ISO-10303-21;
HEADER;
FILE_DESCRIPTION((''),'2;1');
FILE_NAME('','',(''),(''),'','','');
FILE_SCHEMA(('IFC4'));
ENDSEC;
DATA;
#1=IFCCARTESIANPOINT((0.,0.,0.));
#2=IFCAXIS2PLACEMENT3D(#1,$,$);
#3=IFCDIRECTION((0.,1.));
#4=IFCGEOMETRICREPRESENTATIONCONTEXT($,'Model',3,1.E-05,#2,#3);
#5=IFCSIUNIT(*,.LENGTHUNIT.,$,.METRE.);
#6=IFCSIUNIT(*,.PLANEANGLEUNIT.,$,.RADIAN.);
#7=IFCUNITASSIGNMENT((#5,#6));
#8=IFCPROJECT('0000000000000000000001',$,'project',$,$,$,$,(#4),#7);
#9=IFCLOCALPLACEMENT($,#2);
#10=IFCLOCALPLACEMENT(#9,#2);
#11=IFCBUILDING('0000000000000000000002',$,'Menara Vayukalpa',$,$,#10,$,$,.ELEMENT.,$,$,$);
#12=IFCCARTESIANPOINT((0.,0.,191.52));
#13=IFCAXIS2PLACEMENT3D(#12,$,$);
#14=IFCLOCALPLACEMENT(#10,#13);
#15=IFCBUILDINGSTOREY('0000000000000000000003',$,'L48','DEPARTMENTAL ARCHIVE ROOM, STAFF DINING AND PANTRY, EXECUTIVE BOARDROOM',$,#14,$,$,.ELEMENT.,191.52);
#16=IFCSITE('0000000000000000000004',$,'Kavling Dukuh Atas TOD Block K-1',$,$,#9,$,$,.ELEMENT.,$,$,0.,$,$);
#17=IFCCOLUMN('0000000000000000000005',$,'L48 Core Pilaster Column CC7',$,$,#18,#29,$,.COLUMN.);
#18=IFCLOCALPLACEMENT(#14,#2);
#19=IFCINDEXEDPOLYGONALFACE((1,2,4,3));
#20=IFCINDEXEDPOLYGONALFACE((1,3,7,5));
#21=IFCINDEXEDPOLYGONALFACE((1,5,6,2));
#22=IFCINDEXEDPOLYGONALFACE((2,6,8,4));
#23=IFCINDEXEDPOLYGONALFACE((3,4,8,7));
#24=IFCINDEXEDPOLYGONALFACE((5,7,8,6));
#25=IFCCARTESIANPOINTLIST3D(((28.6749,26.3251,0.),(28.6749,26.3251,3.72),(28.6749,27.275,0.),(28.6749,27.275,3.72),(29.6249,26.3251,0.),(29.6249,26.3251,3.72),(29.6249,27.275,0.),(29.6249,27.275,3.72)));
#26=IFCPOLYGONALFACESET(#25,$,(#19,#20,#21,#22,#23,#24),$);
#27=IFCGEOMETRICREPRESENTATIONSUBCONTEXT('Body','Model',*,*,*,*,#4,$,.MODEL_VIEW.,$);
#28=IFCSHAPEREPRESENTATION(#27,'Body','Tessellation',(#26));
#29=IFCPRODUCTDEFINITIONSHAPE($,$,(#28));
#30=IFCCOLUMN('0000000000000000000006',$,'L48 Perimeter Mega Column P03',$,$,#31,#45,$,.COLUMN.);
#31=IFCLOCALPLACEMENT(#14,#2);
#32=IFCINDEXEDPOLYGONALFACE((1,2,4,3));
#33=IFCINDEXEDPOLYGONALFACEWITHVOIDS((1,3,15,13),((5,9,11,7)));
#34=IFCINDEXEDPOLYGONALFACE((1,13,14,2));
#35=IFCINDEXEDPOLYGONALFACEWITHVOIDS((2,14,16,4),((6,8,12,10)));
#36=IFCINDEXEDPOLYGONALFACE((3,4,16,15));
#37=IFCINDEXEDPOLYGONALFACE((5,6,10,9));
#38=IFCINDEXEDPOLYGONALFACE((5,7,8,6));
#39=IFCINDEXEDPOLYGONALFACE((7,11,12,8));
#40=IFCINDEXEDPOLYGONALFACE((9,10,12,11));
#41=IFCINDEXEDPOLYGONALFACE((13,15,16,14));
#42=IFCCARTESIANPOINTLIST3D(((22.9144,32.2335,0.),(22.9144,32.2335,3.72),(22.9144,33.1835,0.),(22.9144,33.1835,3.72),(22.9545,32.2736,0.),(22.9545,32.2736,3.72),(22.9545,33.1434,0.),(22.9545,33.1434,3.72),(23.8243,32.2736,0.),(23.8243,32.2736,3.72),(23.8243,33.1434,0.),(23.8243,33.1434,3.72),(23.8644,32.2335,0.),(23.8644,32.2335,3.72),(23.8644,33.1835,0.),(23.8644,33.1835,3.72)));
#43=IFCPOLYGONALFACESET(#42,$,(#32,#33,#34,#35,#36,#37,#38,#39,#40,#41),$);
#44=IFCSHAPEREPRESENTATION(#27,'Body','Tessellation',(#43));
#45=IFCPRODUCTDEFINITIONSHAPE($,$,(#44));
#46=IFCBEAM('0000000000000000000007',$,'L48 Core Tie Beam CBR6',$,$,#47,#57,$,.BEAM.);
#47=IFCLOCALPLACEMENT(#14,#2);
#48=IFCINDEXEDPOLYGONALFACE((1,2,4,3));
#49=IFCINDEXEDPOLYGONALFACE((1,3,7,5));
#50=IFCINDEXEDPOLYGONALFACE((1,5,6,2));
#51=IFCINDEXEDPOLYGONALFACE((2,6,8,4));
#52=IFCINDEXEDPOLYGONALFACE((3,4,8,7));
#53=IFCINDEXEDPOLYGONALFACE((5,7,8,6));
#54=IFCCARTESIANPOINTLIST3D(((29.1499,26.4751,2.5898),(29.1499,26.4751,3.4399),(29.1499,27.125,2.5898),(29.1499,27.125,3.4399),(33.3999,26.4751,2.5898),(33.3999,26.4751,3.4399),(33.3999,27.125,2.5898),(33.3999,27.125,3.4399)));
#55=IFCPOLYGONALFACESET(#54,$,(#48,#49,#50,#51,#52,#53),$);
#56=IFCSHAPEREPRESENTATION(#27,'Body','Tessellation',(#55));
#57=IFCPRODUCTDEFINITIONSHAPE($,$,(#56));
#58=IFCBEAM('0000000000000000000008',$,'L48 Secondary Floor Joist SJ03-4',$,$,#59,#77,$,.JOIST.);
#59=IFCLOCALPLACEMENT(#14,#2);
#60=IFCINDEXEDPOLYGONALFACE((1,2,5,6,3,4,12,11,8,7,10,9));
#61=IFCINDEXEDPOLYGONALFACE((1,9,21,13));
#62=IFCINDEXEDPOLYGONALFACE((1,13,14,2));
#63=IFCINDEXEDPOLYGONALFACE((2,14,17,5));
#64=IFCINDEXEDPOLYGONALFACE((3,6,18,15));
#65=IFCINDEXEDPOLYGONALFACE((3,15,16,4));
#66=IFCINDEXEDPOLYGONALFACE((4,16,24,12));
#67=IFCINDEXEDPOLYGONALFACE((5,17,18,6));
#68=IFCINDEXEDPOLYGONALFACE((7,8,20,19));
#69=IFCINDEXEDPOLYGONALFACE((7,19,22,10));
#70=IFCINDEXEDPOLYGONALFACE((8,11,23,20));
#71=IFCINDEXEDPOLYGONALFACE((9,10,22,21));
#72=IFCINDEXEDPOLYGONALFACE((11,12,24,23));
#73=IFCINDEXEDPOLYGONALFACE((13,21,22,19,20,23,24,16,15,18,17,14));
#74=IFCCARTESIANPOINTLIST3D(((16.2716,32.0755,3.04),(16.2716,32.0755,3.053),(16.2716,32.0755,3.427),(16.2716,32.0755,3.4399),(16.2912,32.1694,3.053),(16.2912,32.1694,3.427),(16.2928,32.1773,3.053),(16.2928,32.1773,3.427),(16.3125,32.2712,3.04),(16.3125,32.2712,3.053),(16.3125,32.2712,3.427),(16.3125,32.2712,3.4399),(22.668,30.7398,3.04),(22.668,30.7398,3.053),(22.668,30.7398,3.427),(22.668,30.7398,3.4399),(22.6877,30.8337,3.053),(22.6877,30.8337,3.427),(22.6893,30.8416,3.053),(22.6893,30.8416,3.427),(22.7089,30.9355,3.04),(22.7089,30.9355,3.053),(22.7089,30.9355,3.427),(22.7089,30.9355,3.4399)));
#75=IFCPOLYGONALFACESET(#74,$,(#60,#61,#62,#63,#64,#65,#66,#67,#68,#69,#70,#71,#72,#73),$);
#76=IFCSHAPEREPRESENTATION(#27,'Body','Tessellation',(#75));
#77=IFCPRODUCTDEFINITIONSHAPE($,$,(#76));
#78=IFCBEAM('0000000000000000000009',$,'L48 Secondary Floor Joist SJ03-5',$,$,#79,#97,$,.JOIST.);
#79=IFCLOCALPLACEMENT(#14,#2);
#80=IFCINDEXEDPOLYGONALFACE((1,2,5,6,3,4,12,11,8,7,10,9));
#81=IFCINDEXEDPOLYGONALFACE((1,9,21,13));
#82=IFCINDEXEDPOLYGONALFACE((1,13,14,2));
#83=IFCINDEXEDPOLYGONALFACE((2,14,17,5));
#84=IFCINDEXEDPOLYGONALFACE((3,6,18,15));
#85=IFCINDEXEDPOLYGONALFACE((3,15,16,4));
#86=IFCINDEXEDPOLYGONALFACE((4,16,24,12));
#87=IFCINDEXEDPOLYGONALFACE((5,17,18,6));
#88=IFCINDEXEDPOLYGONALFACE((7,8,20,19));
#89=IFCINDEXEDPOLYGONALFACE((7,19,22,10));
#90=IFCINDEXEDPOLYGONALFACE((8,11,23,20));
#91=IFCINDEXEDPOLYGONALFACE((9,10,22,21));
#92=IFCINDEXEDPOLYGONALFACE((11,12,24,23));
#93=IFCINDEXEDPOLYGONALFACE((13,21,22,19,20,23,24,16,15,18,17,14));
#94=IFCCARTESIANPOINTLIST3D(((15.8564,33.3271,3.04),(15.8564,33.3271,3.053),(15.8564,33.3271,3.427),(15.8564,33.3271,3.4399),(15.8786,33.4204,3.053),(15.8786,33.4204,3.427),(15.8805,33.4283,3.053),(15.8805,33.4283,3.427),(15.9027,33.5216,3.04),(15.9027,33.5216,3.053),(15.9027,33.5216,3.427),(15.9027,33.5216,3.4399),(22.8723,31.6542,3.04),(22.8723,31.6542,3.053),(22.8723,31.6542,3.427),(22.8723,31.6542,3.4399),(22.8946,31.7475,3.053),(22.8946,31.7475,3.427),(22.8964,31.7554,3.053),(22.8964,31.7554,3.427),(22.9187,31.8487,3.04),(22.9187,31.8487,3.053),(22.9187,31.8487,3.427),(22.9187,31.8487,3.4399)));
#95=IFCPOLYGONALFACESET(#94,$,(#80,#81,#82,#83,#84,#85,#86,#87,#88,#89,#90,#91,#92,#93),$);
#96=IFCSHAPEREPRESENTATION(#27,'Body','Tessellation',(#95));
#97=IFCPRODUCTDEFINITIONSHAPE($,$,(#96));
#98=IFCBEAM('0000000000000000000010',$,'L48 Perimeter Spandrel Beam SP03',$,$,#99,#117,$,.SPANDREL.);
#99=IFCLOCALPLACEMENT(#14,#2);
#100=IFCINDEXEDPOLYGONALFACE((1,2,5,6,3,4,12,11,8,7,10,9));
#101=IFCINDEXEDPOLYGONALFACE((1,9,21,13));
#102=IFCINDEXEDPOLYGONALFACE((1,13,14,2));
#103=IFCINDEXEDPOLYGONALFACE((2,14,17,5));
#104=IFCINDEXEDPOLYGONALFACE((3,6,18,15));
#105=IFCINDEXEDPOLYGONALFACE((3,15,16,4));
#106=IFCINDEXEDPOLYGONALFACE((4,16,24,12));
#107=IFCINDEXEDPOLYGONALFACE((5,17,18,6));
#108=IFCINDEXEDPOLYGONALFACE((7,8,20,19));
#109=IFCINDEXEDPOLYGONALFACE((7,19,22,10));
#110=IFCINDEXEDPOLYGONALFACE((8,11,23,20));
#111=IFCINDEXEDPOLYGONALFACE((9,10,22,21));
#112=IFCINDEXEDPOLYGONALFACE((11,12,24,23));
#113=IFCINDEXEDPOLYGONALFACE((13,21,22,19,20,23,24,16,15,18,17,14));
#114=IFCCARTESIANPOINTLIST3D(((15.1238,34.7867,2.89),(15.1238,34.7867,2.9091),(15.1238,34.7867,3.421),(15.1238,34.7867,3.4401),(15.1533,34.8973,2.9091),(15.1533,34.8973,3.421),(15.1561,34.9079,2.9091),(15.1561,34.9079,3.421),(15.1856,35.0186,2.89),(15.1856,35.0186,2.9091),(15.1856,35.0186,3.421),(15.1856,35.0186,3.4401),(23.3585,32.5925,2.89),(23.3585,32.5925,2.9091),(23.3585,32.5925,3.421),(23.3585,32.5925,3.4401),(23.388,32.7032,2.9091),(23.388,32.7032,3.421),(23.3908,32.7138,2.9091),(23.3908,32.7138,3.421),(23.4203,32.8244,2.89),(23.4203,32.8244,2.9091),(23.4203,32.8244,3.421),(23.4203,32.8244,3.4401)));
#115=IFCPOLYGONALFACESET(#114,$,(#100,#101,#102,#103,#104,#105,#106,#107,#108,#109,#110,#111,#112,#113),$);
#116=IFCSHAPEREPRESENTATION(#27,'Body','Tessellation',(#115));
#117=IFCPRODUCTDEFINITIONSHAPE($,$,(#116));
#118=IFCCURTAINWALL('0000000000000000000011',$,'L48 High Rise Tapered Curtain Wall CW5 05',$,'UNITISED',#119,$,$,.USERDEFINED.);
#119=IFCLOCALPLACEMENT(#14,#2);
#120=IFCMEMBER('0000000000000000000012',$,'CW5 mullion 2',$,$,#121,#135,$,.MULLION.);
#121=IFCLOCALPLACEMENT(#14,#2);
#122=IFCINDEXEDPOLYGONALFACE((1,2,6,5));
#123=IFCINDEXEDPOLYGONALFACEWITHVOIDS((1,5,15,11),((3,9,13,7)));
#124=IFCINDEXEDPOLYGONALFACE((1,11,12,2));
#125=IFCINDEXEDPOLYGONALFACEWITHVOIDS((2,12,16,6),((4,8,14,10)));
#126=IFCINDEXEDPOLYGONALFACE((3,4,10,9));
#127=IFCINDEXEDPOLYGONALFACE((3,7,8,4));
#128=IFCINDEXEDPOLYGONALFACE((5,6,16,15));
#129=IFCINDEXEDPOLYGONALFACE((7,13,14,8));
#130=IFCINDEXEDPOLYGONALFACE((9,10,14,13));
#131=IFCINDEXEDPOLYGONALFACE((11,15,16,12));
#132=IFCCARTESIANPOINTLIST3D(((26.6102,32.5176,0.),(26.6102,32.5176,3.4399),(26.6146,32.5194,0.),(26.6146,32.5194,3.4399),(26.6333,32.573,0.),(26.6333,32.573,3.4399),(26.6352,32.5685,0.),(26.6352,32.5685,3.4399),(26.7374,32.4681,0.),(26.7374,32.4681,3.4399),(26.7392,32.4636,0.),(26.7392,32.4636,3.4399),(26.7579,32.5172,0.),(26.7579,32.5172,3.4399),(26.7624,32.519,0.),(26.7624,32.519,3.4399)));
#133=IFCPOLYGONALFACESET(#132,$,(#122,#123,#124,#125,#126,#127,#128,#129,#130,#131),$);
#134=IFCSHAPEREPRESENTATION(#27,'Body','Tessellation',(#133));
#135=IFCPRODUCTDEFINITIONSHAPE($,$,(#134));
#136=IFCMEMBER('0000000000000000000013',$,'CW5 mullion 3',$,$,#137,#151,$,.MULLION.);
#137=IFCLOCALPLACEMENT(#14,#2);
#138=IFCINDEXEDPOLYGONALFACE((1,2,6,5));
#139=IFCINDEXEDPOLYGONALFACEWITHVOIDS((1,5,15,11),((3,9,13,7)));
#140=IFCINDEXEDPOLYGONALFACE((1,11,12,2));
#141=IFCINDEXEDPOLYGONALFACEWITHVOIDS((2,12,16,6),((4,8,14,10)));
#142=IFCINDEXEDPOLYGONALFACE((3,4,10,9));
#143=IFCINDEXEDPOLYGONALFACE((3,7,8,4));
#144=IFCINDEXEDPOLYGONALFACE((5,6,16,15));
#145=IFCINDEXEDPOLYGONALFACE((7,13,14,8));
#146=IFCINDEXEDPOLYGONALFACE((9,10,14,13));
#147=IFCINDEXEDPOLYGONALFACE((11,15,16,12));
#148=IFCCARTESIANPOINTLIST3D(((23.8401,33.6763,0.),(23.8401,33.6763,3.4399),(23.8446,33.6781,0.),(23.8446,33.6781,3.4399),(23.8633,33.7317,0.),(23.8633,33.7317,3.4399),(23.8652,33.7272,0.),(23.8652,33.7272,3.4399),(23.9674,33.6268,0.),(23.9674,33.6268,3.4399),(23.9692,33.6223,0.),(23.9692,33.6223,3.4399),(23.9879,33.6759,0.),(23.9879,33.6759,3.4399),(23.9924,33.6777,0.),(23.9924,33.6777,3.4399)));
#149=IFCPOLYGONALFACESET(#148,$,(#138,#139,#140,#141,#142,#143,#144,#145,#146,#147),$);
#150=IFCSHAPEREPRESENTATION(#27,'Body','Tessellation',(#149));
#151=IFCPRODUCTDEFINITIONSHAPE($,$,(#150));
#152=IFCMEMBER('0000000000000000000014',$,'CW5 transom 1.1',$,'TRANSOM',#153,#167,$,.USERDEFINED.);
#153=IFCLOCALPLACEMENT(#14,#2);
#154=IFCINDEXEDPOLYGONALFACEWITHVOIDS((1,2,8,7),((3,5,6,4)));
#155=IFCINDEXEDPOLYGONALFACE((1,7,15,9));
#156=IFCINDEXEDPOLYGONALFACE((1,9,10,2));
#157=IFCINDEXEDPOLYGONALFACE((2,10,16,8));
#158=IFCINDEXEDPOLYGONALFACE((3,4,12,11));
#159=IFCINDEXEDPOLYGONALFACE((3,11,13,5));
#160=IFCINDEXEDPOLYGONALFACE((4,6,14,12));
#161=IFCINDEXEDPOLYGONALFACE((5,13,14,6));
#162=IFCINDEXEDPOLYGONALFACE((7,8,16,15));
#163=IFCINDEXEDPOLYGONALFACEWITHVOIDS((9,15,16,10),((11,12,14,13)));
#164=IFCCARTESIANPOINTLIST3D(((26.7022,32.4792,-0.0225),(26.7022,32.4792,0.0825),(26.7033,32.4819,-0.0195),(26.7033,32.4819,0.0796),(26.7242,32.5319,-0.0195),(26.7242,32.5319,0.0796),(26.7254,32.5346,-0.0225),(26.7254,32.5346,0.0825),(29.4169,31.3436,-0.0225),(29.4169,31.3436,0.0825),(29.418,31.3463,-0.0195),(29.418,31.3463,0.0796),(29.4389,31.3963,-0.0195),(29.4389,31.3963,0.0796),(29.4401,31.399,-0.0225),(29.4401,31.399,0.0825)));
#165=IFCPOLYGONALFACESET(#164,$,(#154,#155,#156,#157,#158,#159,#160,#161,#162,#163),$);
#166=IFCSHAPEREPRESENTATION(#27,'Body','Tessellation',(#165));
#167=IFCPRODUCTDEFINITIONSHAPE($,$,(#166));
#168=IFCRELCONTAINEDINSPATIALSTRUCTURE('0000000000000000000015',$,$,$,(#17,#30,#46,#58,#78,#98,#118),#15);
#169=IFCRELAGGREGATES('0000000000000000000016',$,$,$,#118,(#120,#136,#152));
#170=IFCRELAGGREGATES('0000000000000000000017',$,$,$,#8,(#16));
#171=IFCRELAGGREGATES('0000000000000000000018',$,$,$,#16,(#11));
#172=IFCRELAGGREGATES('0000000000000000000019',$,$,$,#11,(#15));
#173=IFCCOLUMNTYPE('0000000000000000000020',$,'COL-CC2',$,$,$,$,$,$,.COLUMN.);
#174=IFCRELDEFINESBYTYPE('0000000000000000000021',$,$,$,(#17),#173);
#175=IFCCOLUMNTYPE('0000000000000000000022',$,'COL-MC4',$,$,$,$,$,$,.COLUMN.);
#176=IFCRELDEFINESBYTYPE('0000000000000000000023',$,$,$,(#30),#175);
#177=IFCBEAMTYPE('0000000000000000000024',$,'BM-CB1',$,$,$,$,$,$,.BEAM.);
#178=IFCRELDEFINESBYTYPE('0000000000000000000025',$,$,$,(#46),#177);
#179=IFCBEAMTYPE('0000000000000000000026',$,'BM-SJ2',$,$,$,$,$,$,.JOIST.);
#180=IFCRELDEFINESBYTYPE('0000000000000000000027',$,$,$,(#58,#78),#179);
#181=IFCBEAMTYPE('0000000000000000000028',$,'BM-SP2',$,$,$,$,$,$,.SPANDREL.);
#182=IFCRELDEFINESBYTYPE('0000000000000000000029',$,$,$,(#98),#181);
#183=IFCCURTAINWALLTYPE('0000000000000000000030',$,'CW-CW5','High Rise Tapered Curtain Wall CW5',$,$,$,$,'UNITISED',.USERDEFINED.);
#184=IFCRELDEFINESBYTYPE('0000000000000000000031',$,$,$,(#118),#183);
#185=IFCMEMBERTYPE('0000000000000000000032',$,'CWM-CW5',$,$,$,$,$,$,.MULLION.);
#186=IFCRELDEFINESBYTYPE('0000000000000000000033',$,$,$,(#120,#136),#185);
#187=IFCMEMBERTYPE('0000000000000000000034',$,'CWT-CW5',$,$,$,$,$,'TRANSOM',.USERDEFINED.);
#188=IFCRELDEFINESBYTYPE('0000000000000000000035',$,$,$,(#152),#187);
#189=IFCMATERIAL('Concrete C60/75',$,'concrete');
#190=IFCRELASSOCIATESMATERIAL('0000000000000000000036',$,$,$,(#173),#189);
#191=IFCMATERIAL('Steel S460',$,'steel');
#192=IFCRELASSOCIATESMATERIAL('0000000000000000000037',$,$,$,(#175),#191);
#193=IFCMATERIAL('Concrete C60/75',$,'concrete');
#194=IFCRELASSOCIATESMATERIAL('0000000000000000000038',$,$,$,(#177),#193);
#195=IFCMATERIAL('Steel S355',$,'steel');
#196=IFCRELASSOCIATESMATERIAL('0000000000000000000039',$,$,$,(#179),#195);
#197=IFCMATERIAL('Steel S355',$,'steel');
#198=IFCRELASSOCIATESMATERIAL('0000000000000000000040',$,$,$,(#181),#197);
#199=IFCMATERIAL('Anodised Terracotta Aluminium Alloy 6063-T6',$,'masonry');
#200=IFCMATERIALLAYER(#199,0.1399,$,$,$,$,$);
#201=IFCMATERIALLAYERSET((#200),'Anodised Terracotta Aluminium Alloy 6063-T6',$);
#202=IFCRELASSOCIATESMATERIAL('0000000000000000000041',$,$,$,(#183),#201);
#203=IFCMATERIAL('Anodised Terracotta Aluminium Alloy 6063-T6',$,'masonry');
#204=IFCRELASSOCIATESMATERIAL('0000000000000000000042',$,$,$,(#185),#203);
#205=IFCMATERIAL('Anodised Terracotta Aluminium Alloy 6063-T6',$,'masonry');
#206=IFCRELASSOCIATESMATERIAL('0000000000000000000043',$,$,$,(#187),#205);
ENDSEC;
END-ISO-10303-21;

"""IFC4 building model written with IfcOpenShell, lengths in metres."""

from ifc_helpers import new_model, si_unit, direction, frame, origin, origin_2d, place, context, subcontext, project, spatial, rectangle, hollow_rectangle, i_section, extrude, material, layer, layer_set, material_profile, profile_set, type_object, element, aggregate, save


model = new_model("IFC4")

# Units and contexts
model_context = context("Model", 3, precision=1e-05, world=origin(), true_north=direction((0.0, 1.0)))
body_context = subcontext(model_context, "Body", "Model", "MODEL_VIEW")
ifc_project = project(units=[si_unit("LENGTHUNIT", "METRE"), si_unit("PLANEANGLEUNIT", "RADIAN")], contexts=[model_context])

# Site, building, storey
site_placement = place(None, origin())
site = spatial("IfcSite", under=ifc_project, at=site_placement, Name="Kavling Dukuh Atas TOD Block K-1", CompositionType="ELEMENT", RefElevation=0.0)
building_placement = place(site_placement, origin())
building = spatial("IfcBuilding", under=site, at=building_placement, Name="Menara Vayukalpa", CompositionType="ELEMENT")
storey_placement = place(building_placement, frame((0.0, 0.0, 191.52)))
storey = spatial("IfcBuildingStorey", under=building, at=storey_placement, Name="L48", Description="DEPARTMENTAL ARCHIVE ROOM, STAFF DINING AND PANTRY, EXECUTIVE BOARDROOM", CompositionType="ELEMENT", Elevation=191.52)

# Columns
ifc_material_1 = material(Name="Concrete C60/75", Category="concrete")
ifc_material_profile_1 = material_profile(ifc_material_1, rectangle(XDim=0.95, YDim=0.95, at=origin_2d()), Name="RC 950x950")
ifc_profile_set_1 = profile_set([ifc_material_profile_1], Name="Concrete C60/75")
column_type_1 = type_object("IfcColumnType", Name="COL-CC2", PredefinedType="COLUMN", material=ifc_profile_set_1)
column_1_placement = place(storey_placement, frame((29.1499, 26.8, 0.0), z_axis=(0.0, 0.0, 1.0), x_axis=(1.0, 0.0, 0.0)))
element("IfcColumn", 1, at=column_1_placement, inside=storey, type_object=column_type_1, Name="L48 Core Pilaster Column CC7", PredefinedType="COLUMN", context=body_context, shape_type="SweptSolid", body=[
    extrude(rectangle(XDim=0.95, YDim=0.95, at=origin_2d()), origin(), (0.0, 0.0, 1.0), 3.72),
])
ifc_material_2 = material(Name="Steel S460", Category="steel")
ifc_material_profile_2 = material_profile(ifc_material_2, hollow_rectangle(XDim=0.95, YDim=0.95, WallThickness=0.04, at=origin_2d()), Name="BOX 950x950x40")
ifc_profile_set_2 = profile_set([ifc_material_profile_2], Name="Steel S460")
column_type_2 = type_object("IfcColumnType", Name="COL-MC4", PredefinedType="COLUMN", material=ifc_profile_set_2)
column_2_placement = place(storey_placement, frame((23.3894, 32.7085, 0.0), z_axis=(0.0, 0.0, 1.0), x_axis=(1.0, 0.0, 0.0)))
element("IfcColumn", 2, at=column_2_placement, inside=storey, type_object=column_type_2, Name="L48 Perimeter Mega Column P03", PredefinedType="COLUMN", context=body_context, shape_type="SweptSolid", body=[
    extrude(hollow_rectangle(XDim=0.95, YDim=0.95, WallThickness=0.04, at=origin_2d()), origin(), (0.0, 0.0, 1.0), 3.72),
])

# Beams
ifc_material_3 = material(Name="Concrete C60/75", Category="concrete")
ifc_material_profile_3 = material_profile(ifc_material_3, rectangle(XDim=0.6499, YDim=0.8501, at=origin_2d()), Name="RC 650x850")
ifc_profile_set_3 = profile_set([ifc_material_profile_3], Name="Concrete C60/75")
beam_type_1 = type_object("IfcBeamType", Name="BM-CB1", PredefinedType="BEAM", material=ifc_profile_set_3)
beam_1_placement = place(storey_placement, frame((29.1499, 26.8, 3.0149), z_axis=(1.0, 0.0, 0.0), x_axis=(0.0, 1.0, 0.0)))
element("IfcBeam", 3, at=beam_1_placement, inside=storey, type_object=beam_type_1, Name="L48 Core Tie Beam CBR6", PredefinedType="BEAM", context=body_context, shape_type="SweptSolid", body=[
    extrude(rectangle(XDim=0.6499, YDim=0.8501, at=origin_2d()), origin(), (0.0, 0.0, 1.0), 4.25),
])
ifc_material_4 = material(Name="Steel S355", Category="steel")
ifc_material_profile_4 = material_profile(ifc_material_4, i_section(OverallWidth=0.2, OverallDepth=0.3999, WebThickness=0.0081, FlangeThickness=0.0129, at=origin_2d()), Name="WF 400x200x8x13")
ifc_profile_set_4 = profile_set([ifc_material_profile_4], Name="Steel S355")
beam_type_2 = type_object("IfcBeamType", Name="BM-SJ2", PredefinedType="JOIST", material=ifc_profile_set_4)
beam_2_placement = place(storey_placement, frame((22.6885, 30.8376, 3.24), z_axis=(-0.978886, 0.204408, 0.0), x_axis=(-0.204408, -0.978886, 0.0)))
element("IfcBeam", 4, at=beam_2_placement, inside=storey, type_object=beam_type_2, Name="L48 Secondary Floor Joist SJ03-4", PredefinedType="JOIST", context=body_context, shape_type="SweptSolid", body=[
    extrude(i_section(OverallWidth=0.2, OverallDepth=0.3999, WebThickness=0.0081, FlangeThickness=0.0129, at=origin_2d()), origin(), (0.0, 0.0, 1.0), 6.5344),
])
beam_3_placement = place(storey_placement, frame((22.8955, 31.7515, 3.24), z_axis=(-0.972731, 0.231936, 0.0), x_axis=(-0.231936, -0.972731, 0.0)))
element("IfcBeam", 5, at=beam_3_placement, inside=storey, type_object=beam_type_2, Name="L48 Secondary Floor Joist SJ03-5", PredefinedType="JOIST", context=body_context, shape_type="SweptSolid", body=[
    extrude(i_section(OverallWidth=0.2, OverallDepth=0.3999, WebThickness=0.0081, FlangeThickness=0.0129, at=origin_2d()), origin(), (0.0, 0.0, 1.0), 7.2126),
])
ifc_material_5 = material(Name="Steel S355", Category="steel")
ifc_material_profile_5 = material_profile(ifc_material_5, i_section(OverallWidth=0.24, OverallDepth=0.55, WebThickness=0.011, FlangeThickness=0.019, at=origin_2d()), Name="WF 550x240x11x19")
ifc_profile_set_5 = profile_set([ifc_material_profile_5], Name="Steel S355")
beam_type_3 = type_object("IfcBeamType", Name="BM-SP2", PredefinedType="SPANDREL", material=ifc_profile_set_5)
beam_4_placement = place(storey_placement, frame((23.3894, 32.7085, 3.165), z_axis=(-0.966288, 0.257465, 0.0), x_axis=(-0.257465, -0.966288, 0.0)))
element("IfcBeam", 6, at=beam_4_placement, inside=storey, type_object=beam_type_3, Name="L48 Perimeter Spandrel Beam SP03", PredefinedType="SPANDREL", context=body_context, shape_type="SweptSolid", body=[
    extrude(i_section(OverallWidth=0.24, OverallDepth=0.55, WebThickness=0.011, FlangeThickness=0.019, at=origin_2d()), origin(), (0.0, 0.0, 1.0), 8.522),
])

# Curtain wall, members
ifc_material_6 = material(Name="Anodised Terracotta Aluminium Alloy 6063-T6", Category="masonry")
ifc_layer_1 = layer(ifc_material_6, 0.1399)
ifc_layer_set_1 = layer_set([ifc_layer_1], Name="Anodised Terracotta Aluminium Alloy 6063-T6")
curtain_wall_type = type_object("IfcCurtainWallType", Name="CW-CW5", Description="High Rise Tapered Curtain Wall CW5", ElementType="UNITISED", PredefinedType="USERDEFINED", material=ifc_layer_set_1)
curtain_wall_placement = place(storey_placement, origin())
curtain_wall = element("IfcCurtainWall", 7, at=curtain_wall_placement, inside=storey, type_object=curtain_wall_type, Name="L48 High Rise Tapered Curtain Wall CW5 05", ObjectType="UNITISED", PredefinedType="USERDEFINED")
ifc_material_7 = material(Name="Anodised Terracotta Aluminium Alloy 6063-T6", Category="masonry")
ifc_material_profile_6 = material_profile(ifc_material_7, hollow_rectangle(XDim=0.0601, YDim=0.1399, WallThickness=0.0034, at=origin_2d()), Name="ALU 60x140x3.5")
ifc_profile_set_6 = profile_set([ifc_material_profile_6], Name="Anodised Terracotta Aluminium Alloy 6063-T6")
member_type_1 = type_object("IfcMemberType", Name="CWM-CW5", PredefinedType="MULLION", material=ifc_profile_set_6)
member_1_placement = place(storey_placement, frame((26.6863, 32.5183, 0.0), z_axis=(0.0, 0.0, 1.0), x_axis=(-0.385903, -0.922539, 0.0)))
member_1 = element("IfcMember", 8, at=member_1_placement, type_object=member_type_1, Name="CW5 mullion 2", PredefinedType="MULLION", context=body_context, shape_type="SweptSolid", body=[
    extrude(hollow_rectangle(XDim=0.0601, YDim=0.1399, WallThickness=0.0034, at=origin_2d()), origin(), (0.0, 0.0, 1.0), 3.4399),
])
member_2_placement = place(storey_placement, frame((23.9163, 33.677, 0.0), z_axis=(0.0, 0.0, 1.0), x_axis=(-0.385903, -0.922539, 0.0)))
member_2 = element("IfcMember", 9, at=member_2_placement, type_object=member_type_1, Name="CW5 mullion 3", PredefinedType="MULLION", context=body_context, shape_type="SweptSolid", body=[
    extrude(hollow_rectangle(XDim=0.0601, YDim=0.1399, WallThickness=0.0034, at=origin_2d()), origin(), (0.0, 0.0, 1.0), 3.4399),
])
ifc_material_8 = material(Name="Anodised Terracotta Aluminium Alloy 6063-T6", Category="masonry")
ifc_material_profile_7 = material_profile(ifc_material_8, hollow_rectangle(XDim=0.0601, YDim=0.105, WallThickness=0.0029, at=origin_2d()), Name="ALU 60x105x3")
ifc_profile_set_7 = profile_set([ifc_material_profile_7], Name="Anodised Terracotta Aluminium Alloy 6063-T6")
member_type_2 = type_object("IfcMemberType", Name="CWT-CW5", ElementType="TRANSOM", PredefinedType="USERDEFINED", material=ifc_profile_set_7)
member_3_placement = place(storey_placement, frame((29.4285, 31.3713, 0.03), z_axis=(-0.922543, 0.385893, 0.0), x_axis=(-0.385893, -0.922543, 0.0)))
member_3 = element("IfcMember", 10, at=member_3_placement, type_object=member_type_2, Name="CW5 transom 1.1", ObjectType="TRANSOM", PredefinedType="USERDEFINED", context=body_context, shape_type="SweptSolid", body=[
    extrude(hollow_rectangle(XDim=0.0601, YDim=0.105, WallThickness=0.0029, at=origin_2d()), origin(), (0.0, 0.0, 1.0), 2.9426),
])
aggregate(curtain_wall, [member_1, member_2, member_3])

save(model, "model.ifc")
